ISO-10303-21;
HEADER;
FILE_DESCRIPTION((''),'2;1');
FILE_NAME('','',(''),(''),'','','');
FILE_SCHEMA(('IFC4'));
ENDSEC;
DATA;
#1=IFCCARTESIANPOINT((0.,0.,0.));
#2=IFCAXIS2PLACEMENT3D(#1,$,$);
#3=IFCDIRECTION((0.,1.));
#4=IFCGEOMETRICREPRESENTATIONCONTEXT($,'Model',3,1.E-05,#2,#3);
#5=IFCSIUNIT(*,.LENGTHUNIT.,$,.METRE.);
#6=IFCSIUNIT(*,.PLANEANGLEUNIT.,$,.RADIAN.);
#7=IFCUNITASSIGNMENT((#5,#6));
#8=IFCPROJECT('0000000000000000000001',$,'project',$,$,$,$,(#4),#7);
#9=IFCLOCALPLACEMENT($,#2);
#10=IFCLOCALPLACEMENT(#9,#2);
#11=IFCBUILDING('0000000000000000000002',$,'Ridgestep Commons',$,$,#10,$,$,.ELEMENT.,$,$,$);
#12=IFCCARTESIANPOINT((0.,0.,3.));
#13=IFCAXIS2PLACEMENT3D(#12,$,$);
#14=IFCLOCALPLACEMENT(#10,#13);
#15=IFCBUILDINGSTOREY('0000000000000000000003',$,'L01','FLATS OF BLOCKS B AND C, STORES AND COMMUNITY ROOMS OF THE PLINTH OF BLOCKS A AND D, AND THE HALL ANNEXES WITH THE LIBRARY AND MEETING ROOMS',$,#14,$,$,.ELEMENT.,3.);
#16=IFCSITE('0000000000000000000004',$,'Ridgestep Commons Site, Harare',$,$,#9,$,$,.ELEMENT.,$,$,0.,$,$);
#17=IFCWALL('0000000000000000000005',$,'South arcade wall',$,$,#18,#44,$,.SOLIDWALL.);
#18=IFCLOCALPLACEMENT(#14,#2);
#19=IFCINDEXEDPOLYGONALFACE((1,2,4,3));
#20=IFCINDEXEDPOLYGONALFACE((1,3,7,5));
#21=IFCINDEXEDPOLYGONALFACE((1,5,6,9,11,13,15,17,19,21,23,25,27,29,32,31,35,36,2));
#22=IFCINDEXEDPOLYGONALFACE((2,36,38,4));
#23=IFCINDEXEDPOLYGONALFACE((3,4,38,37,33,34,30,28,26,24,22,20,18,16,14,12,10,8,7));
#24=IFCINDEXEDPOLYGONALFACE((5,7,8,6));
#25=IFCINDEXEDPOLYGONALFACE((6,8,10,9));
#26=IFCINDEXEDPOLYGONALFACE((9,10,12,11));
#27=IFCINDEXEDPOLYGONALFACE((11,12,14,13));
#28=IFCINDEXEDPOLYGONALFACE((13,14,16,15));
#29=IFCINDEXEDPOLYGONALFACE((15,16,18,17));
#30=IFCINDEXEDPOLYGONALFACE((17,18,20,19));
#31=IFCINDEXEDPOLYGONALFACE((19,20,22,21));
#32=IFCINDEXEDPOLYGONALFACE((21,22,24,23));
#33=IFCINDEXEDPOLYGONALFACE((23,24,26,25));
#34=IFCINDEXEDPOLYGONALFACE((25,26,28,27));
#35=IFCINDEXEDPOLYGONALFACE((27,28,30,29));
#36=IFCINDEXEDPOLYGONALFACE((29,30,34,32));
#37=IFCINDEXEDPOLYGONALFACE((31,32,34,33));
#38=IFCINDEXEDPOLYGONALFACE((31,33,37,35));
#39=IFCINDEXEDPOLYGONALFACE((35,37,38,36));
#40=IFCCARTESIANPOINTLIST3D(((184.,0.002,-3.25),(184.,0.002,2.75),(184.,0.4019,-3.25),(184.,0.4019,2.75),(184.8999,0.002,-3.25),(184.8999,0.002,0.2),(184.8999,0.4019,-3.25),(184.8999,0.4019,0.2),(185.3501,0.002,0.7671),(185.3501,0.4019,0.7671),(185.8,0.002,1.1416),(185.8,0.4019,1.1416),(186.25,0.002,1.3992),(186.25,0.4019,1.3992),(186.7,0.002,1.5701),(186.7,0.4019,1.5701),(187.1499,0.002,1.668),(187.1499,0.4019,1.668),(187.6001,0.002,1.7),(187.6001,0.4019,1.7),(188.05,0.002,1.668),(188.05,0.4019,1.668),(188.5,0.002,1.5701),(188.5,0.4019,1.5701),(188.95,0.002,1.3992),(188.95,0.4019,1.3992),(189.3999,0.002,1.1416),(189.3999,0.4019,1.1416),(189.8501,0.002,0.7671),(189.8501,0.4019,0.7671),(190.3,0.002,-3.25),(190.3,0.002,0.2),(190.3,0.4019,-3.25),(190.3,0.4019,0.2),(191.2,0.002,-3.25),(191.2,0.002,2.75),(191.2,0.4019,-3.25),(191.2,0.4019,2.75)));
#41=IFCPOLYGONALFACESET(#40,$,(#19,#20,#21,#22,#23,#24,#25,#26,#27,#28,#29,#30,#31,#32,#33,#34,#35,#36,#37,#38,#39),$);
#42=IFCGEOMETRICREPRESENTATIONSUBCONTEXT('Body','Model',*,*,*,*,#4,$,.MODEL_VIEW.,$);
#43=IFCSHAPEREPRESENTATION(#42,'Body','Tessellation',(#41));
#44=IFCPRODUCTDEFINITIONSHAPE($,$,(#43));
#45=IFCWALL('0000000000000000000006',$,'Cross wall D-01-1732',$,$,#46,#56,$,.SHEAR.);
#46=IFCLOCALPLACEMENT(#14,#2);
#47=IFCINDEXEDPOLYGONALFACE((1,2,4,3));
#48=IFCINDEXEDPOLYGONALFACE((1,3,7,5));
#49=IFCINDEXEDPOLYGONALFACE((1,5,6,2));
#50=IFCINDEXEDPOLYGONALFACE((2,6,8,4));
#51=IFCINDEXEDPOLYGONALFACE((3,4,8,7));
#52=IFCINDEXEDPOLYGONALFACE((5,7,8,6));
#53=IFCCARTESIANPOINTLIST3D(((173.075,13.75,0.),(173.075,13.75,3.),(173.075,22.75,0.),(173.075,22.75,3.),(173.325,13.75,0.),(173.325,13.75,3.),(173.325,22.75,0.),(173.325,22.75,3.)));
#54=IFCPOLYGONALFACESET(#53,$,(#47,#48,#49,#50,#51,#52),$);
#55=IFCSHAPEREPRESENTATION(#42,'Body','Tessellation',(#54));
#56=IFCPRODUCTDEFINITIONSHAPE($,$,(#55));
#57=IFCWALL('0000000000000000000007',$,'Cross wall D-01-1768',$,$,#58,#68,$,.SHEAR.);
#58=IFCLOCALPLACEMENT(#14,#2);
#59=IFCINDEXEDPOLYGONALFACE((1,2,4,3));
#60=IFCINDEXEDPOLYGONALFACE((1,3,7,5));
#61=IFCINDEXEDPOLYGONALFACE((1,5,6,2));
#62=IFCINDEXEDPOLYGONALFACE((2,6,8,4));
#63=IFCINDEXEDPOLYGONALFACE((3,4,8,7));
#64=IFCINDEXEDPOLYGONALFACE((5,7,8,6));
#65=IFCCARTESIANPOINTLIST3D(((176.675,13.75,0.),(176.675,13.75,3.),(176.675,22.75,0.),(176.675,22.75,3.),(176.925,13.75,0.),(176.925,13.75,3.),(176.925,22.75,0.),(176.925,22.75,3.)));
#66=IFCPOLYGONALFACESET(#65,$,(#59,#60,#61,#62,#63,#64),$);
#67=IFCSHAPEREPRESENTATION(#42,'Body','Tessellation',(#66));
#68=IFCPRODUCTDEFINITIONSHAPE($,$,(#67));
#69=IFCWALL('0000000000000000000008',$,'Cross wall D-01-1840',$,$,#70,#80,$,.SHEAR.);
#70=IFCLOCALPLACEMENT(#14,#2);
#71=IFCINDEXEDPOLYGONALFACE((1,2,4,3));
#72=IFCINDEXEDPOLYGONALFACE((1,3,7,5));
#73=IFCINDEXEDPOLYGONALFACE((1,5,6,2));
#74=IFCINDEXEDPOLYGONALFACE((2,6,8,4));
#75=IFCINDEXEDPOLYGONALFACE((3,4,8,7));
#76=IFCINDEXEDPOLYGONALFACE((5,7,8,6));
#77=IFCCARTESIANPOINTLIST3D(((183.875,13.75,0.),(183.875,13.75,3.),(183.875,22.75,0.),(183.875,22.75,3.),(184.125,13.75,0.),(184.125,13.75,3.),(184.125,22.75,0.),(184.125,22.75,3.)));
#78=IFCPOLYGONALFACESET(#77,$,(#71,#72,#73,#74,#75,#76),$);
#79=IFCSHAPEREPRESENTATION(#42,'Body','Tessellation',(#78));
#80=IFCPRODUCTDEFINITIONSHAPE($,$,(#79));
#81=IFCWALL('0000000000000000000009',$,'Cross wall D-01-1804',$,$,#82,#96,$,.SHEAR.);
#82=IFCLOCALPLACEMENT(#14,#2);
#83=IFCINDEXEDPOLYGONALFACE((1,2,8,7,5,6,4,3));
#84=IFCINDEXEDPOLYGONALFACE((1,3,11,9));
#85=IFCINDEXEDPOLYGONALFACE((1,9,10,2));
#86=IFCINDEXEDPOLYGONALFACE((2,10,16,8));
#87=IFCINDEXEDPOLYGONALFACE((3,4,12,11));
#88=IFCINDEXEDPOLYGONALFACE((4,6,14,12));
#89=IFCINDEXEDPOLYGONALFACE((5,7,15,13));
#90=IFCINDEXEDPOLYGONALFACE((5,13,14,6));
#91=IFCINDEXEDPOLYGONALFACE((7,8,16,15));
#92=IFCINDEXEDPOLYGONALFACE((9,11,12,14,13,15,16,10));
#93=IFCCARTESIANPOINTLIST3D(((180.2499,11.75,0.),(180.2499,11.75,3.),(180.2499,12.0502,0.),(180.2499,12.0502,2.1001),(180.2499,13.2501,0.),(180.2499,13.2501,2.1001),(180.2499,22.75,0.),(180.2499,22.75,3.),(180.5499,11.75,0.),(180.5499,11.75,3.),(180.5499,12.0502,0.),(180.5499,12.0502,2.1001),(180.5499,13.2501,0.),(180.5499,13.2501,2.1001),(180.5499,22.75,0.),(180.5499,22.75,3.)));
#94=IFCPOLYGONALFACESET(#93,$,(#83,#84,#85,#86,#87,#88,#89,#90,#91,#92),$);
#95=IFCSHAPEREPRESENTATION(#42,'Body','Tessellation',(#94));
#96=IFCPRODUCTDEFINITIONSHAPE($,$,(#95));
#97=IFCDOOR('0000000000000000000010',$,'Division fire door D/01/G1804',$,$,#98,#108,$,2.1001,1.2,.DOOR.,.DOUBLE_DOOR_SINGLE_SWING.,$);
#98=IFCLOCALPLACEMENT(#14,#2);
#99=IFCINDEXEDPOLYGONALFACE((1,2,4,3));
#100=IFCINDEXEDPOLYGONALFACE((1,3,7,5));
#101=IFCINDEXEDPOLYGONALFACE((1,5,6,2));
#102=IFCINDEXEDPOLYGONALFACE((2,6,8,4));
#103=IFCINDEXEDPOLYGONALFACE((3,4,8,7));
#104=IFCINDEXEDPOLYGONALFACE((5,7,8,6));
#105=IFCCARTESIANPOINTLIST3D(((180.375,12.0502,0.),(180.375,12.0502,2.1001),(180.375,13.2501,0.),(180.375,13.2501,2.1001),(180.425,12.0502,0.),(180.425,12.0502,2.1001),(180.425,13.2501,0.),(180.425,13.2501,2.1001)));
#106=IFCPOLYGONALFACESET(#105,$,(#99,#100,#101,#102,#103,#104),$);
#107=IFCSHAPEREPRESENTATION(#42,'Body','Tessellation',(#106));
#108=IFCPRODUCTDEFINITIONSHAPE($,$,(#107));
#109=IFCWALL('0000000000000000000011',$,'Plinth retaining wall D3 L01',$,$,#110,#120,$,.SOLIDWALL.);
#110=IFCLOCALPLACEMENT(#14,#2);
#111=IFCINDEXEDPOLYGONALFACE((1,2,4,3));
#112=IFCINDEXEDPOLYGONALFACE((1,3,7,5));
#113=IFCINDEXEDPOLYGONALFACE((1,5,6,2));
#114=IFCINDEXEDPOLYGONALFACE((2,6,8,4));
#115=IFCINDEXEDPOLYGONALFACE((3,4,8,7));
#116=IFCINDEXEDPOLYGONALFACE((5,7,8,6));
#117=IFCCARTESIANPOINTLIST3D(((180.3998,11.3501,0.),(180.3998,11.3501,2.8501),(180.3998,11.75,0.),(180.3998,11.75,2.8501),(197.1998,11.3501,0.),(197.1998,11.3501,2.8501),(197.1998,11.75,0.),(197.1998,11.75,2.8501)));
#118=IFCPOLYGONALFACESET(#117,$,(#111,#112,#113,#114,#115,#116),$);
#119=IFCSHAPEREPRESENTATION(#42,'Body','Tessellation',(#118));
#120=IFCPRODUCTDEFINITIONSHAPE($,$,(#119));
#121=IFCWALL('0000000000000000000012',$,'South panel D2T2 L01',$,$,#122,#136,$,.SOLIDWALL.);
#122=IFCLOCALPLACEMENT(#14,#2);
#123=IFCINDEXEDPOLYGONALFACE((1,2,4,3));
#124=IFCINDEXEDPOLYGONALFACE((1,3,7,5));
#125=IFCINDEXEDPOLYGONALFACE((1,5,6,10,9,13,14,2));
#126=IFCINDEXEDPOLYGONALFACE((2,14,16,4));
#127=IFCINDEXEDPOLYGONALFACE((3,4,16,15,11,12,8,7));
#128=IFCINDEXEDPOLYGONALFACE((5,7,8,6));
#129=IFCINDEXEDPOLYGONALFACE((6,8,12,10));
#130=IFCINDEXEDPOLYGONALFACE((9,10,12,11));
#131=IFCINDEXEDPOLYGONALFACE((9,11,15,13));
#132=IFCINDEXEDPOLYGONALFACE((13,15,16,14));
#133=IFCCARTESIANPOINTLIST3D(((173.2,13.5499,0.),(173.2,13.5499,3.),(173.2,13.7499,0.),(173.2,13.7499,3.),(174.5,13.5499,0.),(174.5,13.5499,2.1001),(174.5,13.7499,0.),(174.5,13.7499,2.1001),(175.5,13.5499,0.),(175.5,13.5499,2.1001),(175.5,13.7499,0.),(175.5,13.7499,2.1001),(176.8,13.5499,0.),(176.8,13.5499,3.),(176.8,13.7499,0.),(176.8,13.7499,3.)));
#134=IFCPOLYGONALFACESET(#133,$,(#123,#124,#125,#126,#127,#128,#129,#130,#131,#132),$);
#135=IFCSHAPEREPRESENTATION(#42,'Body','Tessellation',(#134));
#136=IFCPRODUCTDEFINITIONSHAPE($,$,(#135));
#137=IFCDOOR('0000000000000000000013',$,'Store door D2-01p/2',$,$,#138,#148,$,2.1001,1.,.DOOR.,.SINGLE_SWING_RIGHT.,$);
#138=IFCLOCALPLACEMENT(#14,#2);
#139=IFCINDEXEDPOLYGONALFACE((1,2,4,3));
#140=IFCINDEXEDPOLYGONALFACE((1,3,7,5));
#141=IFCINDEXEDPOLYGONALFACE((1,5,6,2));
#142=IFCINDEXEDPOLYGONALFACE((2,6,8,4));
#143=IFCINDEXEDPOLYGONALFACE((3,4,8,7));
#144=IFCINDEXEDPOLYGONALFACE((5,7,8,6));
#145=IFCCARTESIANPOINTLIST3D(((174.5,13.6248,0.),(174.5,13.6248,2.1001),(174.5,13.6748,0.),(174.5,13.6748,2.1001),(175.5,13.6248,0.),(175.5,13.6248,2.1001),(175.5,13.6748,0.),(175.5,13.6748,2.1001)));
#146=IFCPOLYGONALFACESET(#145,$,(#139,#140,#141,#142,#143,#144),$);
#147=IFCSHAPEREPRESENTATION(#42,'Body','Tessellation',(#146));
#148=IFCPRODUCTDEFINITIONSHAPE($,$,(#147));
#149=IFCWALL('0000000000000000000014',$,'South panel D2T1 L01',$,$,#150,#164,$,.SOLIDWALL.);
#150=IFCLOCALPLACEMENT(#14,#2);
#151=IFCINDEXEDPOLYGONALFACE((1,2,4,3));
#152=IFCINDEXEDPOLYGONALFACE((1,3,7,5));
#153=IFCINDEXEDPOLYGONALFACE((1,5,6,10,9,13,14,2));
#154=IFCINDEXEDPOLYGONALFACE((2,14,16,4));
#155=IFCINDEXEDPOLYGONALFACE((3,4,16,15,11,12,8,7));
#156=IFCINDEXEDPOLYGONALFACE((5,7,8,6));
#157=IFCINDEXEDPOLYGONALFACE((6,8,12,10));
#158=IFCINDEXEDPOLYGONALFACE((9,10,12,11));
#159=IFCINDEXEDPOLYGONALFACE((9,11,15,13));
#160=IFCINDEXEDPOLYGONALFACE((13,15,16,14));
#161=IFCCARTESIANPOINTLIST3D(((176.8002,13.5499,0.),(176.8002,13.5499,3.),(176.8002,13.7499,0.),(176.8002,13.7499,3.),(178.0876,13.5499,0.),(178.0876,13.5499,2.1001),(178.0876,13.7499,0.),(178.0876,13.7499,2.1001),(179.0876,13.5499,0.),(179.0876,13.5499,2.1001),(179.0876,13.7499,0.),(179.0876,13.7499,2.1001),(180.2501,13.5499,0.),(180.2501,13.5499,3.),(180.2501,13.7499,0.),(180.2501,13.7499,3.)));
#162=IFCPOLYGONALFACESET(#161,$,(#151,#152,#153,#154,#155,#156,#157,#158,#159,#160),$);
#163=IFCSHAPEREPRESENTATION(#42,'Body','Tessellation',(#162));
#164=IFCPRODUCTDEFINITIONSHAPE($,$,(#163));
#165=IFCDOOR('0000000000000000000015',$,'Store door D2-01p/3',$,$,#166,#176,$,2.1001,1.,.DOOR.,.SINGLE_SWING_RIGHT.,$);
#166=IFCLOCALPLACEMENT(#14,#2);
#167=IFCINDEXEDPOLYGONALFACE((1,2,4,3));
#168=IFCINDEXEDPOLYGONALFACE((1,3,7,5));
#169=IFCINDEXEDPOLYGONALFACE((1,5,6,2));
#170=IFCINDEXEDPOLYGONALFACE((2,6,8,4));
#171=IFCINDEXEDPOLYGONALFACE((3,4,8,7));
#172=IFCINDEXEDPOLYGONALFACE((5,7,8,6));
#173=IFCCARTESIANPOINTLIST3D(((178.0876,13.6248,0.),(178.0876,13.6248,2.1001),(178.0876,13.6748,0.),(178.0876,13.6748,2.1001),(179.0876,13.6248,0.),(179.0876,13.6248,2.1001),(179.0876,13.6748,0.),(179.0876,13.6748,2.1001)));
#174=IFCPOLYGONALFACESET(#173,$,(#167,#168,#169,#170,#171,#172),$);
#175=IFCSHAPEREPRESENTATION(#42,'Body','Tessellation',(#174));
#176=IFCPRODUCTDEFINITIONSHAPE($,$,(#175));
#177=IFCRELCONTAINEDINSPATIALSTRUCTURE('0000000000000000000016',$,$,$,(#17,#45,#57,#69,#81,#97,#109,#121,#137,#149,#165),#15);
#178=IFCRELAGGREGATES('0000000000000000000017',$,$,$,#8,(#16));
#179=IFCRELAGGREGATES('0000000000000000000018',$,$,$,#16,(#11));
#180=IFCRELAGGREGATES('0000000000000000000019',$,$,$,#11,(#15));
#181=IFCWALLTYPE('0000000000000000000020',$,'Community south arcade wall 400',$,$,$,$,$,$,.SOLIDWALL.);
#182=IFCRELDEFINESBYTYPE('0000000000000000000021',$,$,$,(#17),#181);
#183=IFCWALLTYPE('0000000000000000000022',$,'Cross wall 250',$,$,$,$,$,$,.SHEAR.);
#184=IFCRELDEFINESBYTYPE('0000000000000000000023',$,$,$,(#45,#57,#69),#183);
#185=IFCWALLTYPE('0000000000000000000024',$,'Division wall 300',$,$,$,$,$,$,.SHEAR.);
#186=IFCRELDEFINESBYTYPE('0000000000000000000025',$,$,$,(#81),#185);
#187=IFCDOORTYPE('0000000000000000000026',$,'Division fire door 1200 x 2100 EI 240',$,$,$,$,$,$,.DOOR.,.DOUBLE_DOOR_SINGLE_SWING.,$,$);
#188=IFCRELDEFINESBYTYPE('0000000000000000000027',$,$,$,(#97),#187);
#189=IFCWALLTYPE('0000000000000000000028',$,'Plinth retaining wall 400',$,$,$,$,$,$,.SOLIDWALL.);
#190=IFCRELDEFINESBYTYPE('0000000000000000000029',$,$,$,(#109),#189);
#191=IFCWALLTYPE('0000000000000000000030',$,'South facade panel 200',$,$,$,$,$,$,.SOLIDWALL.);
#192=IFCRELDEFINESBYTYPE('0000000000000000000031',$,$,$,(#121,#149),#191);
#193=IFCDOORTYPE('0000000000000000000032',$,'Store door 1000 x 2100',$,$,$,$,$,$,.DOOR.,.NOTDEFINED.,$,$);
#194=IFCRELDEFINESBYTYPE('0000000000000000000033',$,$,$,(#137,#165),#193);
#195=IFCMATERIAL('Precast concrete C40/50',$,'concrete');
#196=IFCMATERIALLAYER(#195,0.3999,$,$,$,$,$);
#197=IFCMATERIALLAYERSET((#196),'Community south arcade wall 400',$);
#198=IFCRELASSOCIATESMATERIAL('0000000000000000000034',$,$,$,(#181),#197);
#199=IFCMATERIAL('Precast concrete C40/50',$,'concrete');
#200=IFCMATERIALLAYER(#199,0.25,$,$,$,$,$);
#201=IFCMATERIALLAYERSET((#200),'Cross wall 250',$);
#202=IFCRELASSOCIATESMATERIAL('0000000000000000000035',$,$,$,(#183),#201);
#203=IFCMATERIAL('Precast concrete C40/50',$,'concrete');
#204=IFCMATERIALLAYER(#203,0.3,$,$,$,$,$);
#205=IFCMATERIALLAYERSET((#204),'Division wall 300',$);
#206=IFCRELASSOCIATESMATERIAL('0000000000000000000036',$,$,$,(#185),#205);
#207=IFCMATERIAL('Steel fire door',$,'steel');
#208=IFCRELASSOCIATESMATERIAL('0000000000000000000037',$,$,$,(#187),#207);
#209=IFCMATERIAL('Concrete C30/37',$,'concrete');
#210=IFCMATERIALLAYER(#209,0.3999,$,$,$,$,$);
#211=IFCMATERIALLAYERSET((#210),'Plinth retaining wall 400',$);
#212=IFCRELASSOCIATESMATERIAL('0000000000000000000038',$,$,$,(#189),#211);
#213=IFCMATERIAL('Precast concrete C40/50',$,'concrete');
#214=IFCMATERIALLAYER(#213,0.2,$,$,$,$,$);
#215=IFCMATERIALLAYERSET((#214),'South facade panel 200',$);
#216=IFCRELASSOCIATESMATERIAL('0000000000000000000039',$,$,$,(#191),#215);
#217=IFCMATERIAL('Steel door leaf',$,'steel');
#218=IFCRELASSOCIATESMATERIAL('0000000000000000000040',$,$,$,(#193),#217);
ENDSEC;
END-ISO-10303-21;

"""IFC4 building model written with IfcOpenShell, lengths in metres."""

from ifc_helpers import new_model, si_unit, direction, frame, frame_2d, origin, place, context, subcontext, project, spatial, polyline, rectangle, outline, extrude, material, layer, layer_set, type_object, element, fill, save


model = new_model("IFC4")

# Units and contexts
model_context = context("Model", 3, precision=1e-05, world=origin(), true_north=direction((0.0, 1.0)))
body_context = subcontext(model_context, "Body", "Model", "MODEL_VIEW")
ifc_project = project(units=[si_unit("LENGTHUNIT", "METRE"), si_unit("PLANEANGLEUNIT", "RADIAN")], contexts=[model_context])

# Site, building, storey
site_placement = place(None, origin())
site = spatial("IfcSite", under=ifc_project, at=site_placement, Name="Ridgestep Commons Site, Harare", CompositionType="ELEMENT", RefElevation=0.0)
building_placement = place(site_placement, origin())
building = spatial("IfcBuilding", under=site, at=building_placement, Name="Ridgestep Commons", CompositionType="ELEMENT")
storey_placement = place(building_placement, frame((0.0, 0.0, 3.0)))
storey = spatial("IfcBuildingStorey", under=building, at=storey_placement, Name="L01", Description="FLATS OF BLOCKS B AND C, STORES AND COMMUNITY ROOMS OF THE PLINTH OF BLOCKS A AND D, AND THE HALL ANNEXES WITH THE LIBRARY AND MEETING ROOMS", CompositionType="ELEMENT", Elevation=3.0)

# Walls
ifc_material_1 = material(Name="Precast concrete C40/50", Category="concrete")
ifc_layer_1 = layer(ifc_material_1, 0.3999)
ifc_layer_set_1 = layer_set([ifc_layer_1], Name="Community south arcade wall 400")
wall_type_1 = type_object("IfcWallType", Name="Community south arcade wall 400", PredefinedType="SOLIDWALL", material=ifc_layer_set_1)
wall_1_placement = place(storey_placement, frame((184.0, 0.002, -3.25), z_axis=(0.0, -1.0, 0.0), x_axis=(1.0, 0.0, 0.0)))
element("IfcWall", 1, at=wall_1_placement, inside=storey, type_object=wall_type_1, Name="South arcade wall", PredefinedType="SOLIDWALL", context=body_context, shape_type="SweptSolid", body=[
    extrude(outline(polyline([(0.0, 0.0), (0.8999, 0.0), (0.8999, 3.45), (1.3501, 4.0171), (1.8, 4.3916), (2.25, 4.6492), (2.7, 4.8201), (3.1499, 4.918), (3.6001, 4.95), (4.05, 4.918), (4.5, 4.8201), (4.95, 4.6492), (5.3999, 4.3916), (5.8501, 4.0171), (6.3, 3.45), (6.3, 0.0), (7.2, 0.0), (7.2, 6.0), (0.0, 6.0), (0.0, 0.0)])), origin(), (0.0, 0.0, -1.0), 0.3999),
])
ifc_material_2 = material(Name="Precast concrete C40/50", Category="concrete")
ifc_layer_2 = layer(ifc_material_2, 0.25)
ifc_layer_set_2 = layer_set([ifc_layer_2], Name="Cross wall 250")
wall_type_2 = type_object("IfcWallType", Name="Cross wall 250", PredefinedType="SHEAR", material=ifc_layer_set_2)
for number, where, z_axis, x_axis, name in (
    (2, (173.2, 13.75, 0.0), (0.0, 0.0, 1.0), (0.0, 1.0, 0.0), "Cross wall D-01-1732"),
    (3, (176.8, 13.75, 0.0), (0.0, 0.0, 1.0), (0.0, 1.0, 0.0), "Cross wall D-01-1768"),
    (4, (184.0, 13.75, 0.0), (0.0, 0.0, 1.0), (0.0, 1.0, 0.0), "Cross wall D-01-1840"),
):
    element("IfcWall", number, at=place(storey_placement, frame(where, z_axis=z_axis, x_axis=x_axis)), inside=storey, type_object=wall_type_2, Name=name, PredefinedType="SHEAR", context=body_context, shape_type="SweptSolid", body=[
        extrude(rectangle(XDim=9.0, YDim=0.25, at=frame_2d((4.5, 0.0))), origin(), (0.0, 0.0, 1.0), 3.0),
    ])

# Wall, opening, door
ifc_material_3 = material(Name="Precast concrete C40/50", Category="concrete")
ifc_layer_3 = layer(ifc_material_3, 0.3)
ifc_layer_set_3 = layer_set([ifc_layer_3], Name="Division wall 300")
wall_type_3 = type_object("IfcWallType", Name="Division wall 300", PredefinedType="SHEAR", material=ifc_layer_set_3)
wall_2_placement = place(storey_placement, frame((180.3999, 11.75, 0.0), z_axis=(0.0, 0.0, 1.0), x_axis=(0.0, 1.0, 0.0)))
wall_2 = element("IfcWall", 5, at=wall_2_placement, inside=storey, type_object=wall_type_3, Name="Cross wall D-01-1804", PredefinedType="SHEAR", context=body_context, shape_type="SweptSolid", body=[
    extrude(rectangle(XDim=11.0, YDim=0.3, at=frame_2d((5.5, 0.0))), origin(), (0.0, 0.0, 1.0), 3.0),
])
opening_1_placement = place(wall_2_placement, frame((0.3, 0.0, 0.0)))
opening_1 = element("IfcOpeningElement", 6, at=opening_1_placement, cuts=wall_2, PredefinedType="OPENING", context=body_context, shape_type="SweptSolid", body=[
    extrude(rectangle(XDim=1.2, YDim=2.1001, at=frame_2d((0.6001, 1.05))), frame((0.0, 0.1599, 0.0), z_axis=(0.0, -1.0, 0.0), x_axis=(1.0, 0.0, 0.0)), (0.0, 0.0, 1.0), 0.3201),
])
ifc_material_4 = material(Name="Steel fire door", Category="steel")
door_type_1 = type_object("IfcDoorType", Name="Division fire door 1200 x 2100 EI 240", OperationType="DOUBLE_DOOR_SINGLE_SWING", PredefinedType="DOOR", material=ifc_material_4)
door_1_placement = place(opening_1_placement, origin())
door_1 = element("IfcDoor", 7, at=door_1_placement, inside=storey, type_object=door_type_1, Name="Division fire door D/01/G1804", OperationType="DOUBLE_DOOR_SINGLE_SWING", OverallHeight=2.1001, OverallWidth=1.2, PredefinedType="DOOR", context=body_context, shape_type="SweptSolid", body=[
    extrude(rectangle(XDim=1.2, YDim=2.1001, at=frame_2d((0.6001, 1.05))), frame((0.0, 0.0249, 0.0), z_axis=(0.0, -1.0, 0.0), x_axis=(1.0, 0.0, 0.0)), (0.0, 0.0, 1.0), 0.05),
])
fill(opening_1, door_1)

# Wall
ifc_material_5 = material(Name="Concrete C30/37", Category="concrete")
ifc_layer_4 = layer(ifc_material_5, 0.3999)
ifc_layer_set_4 = layer_set([ifc_layer_4], Name="Plinth retaining wall 400")
wall_type_4 = type_object("IfcWallType", Name="Plinth retaining wall 400", PredefinedType="SOLIDWALL", material=ifc_layer_set_4)
wall_3_placement = place(storey_placement, frame((180.3999, 11.55, 0.0), z_axis=(0.0, 0.0, 1.0), x_axis=(1.0, 0.0, 0.0)))
element("IfcWall", 8, at=wall_3_placement, inside=storey, type_object=wall_type_4, Name="Plinth retaining wall D3 L01", PredefinedType="SOLIDWALL", context=body_context, shape_type="SweptSolid", body=[
    extrude(rectangle(XDim=16.8, YDim=0.3999, at=frame_2d((8.3999, 0.0))), origin(), (0.0, 0.0, 1.0), 2.8501),
])

# Walls, openings, doors
ifc_material_6 = material(Name="Precast concrete C40/50", Category="concrete")
ifc_layer_5 = layer(ifc_material_6, 0.2)
ifc_layer_set_5 = layer_set([ifc_layer_5], Name="South facade panel 200")
wall_type_5 = type_object("IfcWallType", Name="South facade panel 200", PredefinedType="SOLIDWALL", material=ifc_layer_set_5)
wall_4_placement = place(storey_placement, frame((173.2, 13.6499, 0.0), z_axis=(0.0, 0.0, 1.0), x_axis=(1.0, 0.0, 0.0)))
wall_4 = element("IfcWall", 9, at=wall_4_placement, inside=storey, type_object=wall_type_5, Name="South panel D2T2 L01", PredefinedType="SOLIDWALL", context=body_context, shape_type="SweptSolid", body=[
    extrude(rectangle(XDim=3.6001, YDim=0.2, at=frame_2d((1.8, 0.0))), origin(), (0.0, 0.0, 1.0), 3.0),
])
opening_2_placement = place(wall_4_placement, frame((1.3, 0.0, 0.0)))
opening_2 = element("IfcOpeningElement", 10, at=opening_2_placement, cuts=wall_4, PredefinedType="OPENING", context=body_context, shape_type="SweptSolid", body=[
    extrude(rectangle(XDim=1.0, YDim=2.1001, at=frame_2d((0.5, 1.05))), frame((0.0, 0.1099, 0.0), z_axis=(0.0, -1.0, 0.0), x_axis=(1.0, 0.0, 0.0)), (0.0, 0.0, 1.0), 0.22),
])
ifc_material_7 = material(Name="Steel door leaf", Category="steel")
door_type_2 = type_object("IfcDoorType", Name="Store door 1000 x 2100", OperationType="NOTDEFINED", PredefinedType="DOOR", material=ifc_material_7)
door_2_placement = place(opening_2_placement, origin())
door_2 = element("IfcDoor", 11, at=door_2_placement, inside=storey, type_object=door_type_2, Name="Store door D2-01p/2", OperationType="SINGLE_SWING_RIGHT", OverallHeight=2.1001, OverallWidth=1.0, PredefinedType="DOOR", context=body_context, shape_type="SweptSolid", body=[
    extrude(rectangle(XDim=1.0, YDim=2.1001, at=frame_2d((0.5, 1.05))), frame((0.0, 0.0249, 0.0), z_axis=(0.0, -1.0, 0.0), x_axis=(1.0, 0.0, 0.0)), (0.0, 0.0, 1.0), 0.05),
])
fill(opening_2, door_2)
wall_5_placement = place(storey_placement, frame((176.8, 13.6499, 0.0), z_axis=(0.0, 0.0, 1.0), x_axis=(1.0, 0.0, 0.0)))
wall_5 = element("IfcWall", 12, at=wall_5_placement, inside=storey, type_object=wall_type_5, Name="South panel D2T1 L01", PredefinedType="SOLIDWALL", context=body_context, shape_type="SweptSolid", body=[
    extrude(rectangle(XDim=3.45, YDim=0.2, at=frame_2d((1.7251, 0.0))), origin(), (0.0, 0.0, 1.0), 3.0),
])
opening_3_placement = place(wall_5_placement, frame((1.2876, 0.0, 0.0)))
opening_3 = element("IfcOpeningElement", 13, at=opening_3_placement, cuts=wall_5, PredefinedType="OPENING", context=body_context, shape_type="SweptSolid", body=[
    extrude(rectangle(XDim=1.0, YDim=2.1001, at=frame_2d((0.5, 1.05))), frame((0.0, 0.1099, 0.0), z_axis=(0.0, -1.0, 0.0), x_axis=(1.0, 0.0, 0.0)), (0.0, 0.0, 1.0), 0.22),
])
door_3_placement = place(opening_3_placement, origin())
door_3 = element("IfcDoor", 14, at=door_3_placement, inside=storey, type_object=door_type_2, Name="Store door D2-01p/3", OperationType="SINGLE_SWING_RIGHT", OverallHeight=2.1001, OverallWidth=1.0, PredefinedType="DOOR", context=body_context, shape_type="SweptSolid", body=[
    extrude(rectangle(XDim=1.0, YDim=2.1001, at=frame_2d((0.5, 1.05))), frame((0.0, 0.0249, 0.0), z_axis=(0.0, -1.0, 0.0), x_axis=(1.0, 0.0, 0.0)), (0.0, 0.0, 1.0), 0.05),
])
fill(opening_3, door_3)

save(model, "model.ifc")
